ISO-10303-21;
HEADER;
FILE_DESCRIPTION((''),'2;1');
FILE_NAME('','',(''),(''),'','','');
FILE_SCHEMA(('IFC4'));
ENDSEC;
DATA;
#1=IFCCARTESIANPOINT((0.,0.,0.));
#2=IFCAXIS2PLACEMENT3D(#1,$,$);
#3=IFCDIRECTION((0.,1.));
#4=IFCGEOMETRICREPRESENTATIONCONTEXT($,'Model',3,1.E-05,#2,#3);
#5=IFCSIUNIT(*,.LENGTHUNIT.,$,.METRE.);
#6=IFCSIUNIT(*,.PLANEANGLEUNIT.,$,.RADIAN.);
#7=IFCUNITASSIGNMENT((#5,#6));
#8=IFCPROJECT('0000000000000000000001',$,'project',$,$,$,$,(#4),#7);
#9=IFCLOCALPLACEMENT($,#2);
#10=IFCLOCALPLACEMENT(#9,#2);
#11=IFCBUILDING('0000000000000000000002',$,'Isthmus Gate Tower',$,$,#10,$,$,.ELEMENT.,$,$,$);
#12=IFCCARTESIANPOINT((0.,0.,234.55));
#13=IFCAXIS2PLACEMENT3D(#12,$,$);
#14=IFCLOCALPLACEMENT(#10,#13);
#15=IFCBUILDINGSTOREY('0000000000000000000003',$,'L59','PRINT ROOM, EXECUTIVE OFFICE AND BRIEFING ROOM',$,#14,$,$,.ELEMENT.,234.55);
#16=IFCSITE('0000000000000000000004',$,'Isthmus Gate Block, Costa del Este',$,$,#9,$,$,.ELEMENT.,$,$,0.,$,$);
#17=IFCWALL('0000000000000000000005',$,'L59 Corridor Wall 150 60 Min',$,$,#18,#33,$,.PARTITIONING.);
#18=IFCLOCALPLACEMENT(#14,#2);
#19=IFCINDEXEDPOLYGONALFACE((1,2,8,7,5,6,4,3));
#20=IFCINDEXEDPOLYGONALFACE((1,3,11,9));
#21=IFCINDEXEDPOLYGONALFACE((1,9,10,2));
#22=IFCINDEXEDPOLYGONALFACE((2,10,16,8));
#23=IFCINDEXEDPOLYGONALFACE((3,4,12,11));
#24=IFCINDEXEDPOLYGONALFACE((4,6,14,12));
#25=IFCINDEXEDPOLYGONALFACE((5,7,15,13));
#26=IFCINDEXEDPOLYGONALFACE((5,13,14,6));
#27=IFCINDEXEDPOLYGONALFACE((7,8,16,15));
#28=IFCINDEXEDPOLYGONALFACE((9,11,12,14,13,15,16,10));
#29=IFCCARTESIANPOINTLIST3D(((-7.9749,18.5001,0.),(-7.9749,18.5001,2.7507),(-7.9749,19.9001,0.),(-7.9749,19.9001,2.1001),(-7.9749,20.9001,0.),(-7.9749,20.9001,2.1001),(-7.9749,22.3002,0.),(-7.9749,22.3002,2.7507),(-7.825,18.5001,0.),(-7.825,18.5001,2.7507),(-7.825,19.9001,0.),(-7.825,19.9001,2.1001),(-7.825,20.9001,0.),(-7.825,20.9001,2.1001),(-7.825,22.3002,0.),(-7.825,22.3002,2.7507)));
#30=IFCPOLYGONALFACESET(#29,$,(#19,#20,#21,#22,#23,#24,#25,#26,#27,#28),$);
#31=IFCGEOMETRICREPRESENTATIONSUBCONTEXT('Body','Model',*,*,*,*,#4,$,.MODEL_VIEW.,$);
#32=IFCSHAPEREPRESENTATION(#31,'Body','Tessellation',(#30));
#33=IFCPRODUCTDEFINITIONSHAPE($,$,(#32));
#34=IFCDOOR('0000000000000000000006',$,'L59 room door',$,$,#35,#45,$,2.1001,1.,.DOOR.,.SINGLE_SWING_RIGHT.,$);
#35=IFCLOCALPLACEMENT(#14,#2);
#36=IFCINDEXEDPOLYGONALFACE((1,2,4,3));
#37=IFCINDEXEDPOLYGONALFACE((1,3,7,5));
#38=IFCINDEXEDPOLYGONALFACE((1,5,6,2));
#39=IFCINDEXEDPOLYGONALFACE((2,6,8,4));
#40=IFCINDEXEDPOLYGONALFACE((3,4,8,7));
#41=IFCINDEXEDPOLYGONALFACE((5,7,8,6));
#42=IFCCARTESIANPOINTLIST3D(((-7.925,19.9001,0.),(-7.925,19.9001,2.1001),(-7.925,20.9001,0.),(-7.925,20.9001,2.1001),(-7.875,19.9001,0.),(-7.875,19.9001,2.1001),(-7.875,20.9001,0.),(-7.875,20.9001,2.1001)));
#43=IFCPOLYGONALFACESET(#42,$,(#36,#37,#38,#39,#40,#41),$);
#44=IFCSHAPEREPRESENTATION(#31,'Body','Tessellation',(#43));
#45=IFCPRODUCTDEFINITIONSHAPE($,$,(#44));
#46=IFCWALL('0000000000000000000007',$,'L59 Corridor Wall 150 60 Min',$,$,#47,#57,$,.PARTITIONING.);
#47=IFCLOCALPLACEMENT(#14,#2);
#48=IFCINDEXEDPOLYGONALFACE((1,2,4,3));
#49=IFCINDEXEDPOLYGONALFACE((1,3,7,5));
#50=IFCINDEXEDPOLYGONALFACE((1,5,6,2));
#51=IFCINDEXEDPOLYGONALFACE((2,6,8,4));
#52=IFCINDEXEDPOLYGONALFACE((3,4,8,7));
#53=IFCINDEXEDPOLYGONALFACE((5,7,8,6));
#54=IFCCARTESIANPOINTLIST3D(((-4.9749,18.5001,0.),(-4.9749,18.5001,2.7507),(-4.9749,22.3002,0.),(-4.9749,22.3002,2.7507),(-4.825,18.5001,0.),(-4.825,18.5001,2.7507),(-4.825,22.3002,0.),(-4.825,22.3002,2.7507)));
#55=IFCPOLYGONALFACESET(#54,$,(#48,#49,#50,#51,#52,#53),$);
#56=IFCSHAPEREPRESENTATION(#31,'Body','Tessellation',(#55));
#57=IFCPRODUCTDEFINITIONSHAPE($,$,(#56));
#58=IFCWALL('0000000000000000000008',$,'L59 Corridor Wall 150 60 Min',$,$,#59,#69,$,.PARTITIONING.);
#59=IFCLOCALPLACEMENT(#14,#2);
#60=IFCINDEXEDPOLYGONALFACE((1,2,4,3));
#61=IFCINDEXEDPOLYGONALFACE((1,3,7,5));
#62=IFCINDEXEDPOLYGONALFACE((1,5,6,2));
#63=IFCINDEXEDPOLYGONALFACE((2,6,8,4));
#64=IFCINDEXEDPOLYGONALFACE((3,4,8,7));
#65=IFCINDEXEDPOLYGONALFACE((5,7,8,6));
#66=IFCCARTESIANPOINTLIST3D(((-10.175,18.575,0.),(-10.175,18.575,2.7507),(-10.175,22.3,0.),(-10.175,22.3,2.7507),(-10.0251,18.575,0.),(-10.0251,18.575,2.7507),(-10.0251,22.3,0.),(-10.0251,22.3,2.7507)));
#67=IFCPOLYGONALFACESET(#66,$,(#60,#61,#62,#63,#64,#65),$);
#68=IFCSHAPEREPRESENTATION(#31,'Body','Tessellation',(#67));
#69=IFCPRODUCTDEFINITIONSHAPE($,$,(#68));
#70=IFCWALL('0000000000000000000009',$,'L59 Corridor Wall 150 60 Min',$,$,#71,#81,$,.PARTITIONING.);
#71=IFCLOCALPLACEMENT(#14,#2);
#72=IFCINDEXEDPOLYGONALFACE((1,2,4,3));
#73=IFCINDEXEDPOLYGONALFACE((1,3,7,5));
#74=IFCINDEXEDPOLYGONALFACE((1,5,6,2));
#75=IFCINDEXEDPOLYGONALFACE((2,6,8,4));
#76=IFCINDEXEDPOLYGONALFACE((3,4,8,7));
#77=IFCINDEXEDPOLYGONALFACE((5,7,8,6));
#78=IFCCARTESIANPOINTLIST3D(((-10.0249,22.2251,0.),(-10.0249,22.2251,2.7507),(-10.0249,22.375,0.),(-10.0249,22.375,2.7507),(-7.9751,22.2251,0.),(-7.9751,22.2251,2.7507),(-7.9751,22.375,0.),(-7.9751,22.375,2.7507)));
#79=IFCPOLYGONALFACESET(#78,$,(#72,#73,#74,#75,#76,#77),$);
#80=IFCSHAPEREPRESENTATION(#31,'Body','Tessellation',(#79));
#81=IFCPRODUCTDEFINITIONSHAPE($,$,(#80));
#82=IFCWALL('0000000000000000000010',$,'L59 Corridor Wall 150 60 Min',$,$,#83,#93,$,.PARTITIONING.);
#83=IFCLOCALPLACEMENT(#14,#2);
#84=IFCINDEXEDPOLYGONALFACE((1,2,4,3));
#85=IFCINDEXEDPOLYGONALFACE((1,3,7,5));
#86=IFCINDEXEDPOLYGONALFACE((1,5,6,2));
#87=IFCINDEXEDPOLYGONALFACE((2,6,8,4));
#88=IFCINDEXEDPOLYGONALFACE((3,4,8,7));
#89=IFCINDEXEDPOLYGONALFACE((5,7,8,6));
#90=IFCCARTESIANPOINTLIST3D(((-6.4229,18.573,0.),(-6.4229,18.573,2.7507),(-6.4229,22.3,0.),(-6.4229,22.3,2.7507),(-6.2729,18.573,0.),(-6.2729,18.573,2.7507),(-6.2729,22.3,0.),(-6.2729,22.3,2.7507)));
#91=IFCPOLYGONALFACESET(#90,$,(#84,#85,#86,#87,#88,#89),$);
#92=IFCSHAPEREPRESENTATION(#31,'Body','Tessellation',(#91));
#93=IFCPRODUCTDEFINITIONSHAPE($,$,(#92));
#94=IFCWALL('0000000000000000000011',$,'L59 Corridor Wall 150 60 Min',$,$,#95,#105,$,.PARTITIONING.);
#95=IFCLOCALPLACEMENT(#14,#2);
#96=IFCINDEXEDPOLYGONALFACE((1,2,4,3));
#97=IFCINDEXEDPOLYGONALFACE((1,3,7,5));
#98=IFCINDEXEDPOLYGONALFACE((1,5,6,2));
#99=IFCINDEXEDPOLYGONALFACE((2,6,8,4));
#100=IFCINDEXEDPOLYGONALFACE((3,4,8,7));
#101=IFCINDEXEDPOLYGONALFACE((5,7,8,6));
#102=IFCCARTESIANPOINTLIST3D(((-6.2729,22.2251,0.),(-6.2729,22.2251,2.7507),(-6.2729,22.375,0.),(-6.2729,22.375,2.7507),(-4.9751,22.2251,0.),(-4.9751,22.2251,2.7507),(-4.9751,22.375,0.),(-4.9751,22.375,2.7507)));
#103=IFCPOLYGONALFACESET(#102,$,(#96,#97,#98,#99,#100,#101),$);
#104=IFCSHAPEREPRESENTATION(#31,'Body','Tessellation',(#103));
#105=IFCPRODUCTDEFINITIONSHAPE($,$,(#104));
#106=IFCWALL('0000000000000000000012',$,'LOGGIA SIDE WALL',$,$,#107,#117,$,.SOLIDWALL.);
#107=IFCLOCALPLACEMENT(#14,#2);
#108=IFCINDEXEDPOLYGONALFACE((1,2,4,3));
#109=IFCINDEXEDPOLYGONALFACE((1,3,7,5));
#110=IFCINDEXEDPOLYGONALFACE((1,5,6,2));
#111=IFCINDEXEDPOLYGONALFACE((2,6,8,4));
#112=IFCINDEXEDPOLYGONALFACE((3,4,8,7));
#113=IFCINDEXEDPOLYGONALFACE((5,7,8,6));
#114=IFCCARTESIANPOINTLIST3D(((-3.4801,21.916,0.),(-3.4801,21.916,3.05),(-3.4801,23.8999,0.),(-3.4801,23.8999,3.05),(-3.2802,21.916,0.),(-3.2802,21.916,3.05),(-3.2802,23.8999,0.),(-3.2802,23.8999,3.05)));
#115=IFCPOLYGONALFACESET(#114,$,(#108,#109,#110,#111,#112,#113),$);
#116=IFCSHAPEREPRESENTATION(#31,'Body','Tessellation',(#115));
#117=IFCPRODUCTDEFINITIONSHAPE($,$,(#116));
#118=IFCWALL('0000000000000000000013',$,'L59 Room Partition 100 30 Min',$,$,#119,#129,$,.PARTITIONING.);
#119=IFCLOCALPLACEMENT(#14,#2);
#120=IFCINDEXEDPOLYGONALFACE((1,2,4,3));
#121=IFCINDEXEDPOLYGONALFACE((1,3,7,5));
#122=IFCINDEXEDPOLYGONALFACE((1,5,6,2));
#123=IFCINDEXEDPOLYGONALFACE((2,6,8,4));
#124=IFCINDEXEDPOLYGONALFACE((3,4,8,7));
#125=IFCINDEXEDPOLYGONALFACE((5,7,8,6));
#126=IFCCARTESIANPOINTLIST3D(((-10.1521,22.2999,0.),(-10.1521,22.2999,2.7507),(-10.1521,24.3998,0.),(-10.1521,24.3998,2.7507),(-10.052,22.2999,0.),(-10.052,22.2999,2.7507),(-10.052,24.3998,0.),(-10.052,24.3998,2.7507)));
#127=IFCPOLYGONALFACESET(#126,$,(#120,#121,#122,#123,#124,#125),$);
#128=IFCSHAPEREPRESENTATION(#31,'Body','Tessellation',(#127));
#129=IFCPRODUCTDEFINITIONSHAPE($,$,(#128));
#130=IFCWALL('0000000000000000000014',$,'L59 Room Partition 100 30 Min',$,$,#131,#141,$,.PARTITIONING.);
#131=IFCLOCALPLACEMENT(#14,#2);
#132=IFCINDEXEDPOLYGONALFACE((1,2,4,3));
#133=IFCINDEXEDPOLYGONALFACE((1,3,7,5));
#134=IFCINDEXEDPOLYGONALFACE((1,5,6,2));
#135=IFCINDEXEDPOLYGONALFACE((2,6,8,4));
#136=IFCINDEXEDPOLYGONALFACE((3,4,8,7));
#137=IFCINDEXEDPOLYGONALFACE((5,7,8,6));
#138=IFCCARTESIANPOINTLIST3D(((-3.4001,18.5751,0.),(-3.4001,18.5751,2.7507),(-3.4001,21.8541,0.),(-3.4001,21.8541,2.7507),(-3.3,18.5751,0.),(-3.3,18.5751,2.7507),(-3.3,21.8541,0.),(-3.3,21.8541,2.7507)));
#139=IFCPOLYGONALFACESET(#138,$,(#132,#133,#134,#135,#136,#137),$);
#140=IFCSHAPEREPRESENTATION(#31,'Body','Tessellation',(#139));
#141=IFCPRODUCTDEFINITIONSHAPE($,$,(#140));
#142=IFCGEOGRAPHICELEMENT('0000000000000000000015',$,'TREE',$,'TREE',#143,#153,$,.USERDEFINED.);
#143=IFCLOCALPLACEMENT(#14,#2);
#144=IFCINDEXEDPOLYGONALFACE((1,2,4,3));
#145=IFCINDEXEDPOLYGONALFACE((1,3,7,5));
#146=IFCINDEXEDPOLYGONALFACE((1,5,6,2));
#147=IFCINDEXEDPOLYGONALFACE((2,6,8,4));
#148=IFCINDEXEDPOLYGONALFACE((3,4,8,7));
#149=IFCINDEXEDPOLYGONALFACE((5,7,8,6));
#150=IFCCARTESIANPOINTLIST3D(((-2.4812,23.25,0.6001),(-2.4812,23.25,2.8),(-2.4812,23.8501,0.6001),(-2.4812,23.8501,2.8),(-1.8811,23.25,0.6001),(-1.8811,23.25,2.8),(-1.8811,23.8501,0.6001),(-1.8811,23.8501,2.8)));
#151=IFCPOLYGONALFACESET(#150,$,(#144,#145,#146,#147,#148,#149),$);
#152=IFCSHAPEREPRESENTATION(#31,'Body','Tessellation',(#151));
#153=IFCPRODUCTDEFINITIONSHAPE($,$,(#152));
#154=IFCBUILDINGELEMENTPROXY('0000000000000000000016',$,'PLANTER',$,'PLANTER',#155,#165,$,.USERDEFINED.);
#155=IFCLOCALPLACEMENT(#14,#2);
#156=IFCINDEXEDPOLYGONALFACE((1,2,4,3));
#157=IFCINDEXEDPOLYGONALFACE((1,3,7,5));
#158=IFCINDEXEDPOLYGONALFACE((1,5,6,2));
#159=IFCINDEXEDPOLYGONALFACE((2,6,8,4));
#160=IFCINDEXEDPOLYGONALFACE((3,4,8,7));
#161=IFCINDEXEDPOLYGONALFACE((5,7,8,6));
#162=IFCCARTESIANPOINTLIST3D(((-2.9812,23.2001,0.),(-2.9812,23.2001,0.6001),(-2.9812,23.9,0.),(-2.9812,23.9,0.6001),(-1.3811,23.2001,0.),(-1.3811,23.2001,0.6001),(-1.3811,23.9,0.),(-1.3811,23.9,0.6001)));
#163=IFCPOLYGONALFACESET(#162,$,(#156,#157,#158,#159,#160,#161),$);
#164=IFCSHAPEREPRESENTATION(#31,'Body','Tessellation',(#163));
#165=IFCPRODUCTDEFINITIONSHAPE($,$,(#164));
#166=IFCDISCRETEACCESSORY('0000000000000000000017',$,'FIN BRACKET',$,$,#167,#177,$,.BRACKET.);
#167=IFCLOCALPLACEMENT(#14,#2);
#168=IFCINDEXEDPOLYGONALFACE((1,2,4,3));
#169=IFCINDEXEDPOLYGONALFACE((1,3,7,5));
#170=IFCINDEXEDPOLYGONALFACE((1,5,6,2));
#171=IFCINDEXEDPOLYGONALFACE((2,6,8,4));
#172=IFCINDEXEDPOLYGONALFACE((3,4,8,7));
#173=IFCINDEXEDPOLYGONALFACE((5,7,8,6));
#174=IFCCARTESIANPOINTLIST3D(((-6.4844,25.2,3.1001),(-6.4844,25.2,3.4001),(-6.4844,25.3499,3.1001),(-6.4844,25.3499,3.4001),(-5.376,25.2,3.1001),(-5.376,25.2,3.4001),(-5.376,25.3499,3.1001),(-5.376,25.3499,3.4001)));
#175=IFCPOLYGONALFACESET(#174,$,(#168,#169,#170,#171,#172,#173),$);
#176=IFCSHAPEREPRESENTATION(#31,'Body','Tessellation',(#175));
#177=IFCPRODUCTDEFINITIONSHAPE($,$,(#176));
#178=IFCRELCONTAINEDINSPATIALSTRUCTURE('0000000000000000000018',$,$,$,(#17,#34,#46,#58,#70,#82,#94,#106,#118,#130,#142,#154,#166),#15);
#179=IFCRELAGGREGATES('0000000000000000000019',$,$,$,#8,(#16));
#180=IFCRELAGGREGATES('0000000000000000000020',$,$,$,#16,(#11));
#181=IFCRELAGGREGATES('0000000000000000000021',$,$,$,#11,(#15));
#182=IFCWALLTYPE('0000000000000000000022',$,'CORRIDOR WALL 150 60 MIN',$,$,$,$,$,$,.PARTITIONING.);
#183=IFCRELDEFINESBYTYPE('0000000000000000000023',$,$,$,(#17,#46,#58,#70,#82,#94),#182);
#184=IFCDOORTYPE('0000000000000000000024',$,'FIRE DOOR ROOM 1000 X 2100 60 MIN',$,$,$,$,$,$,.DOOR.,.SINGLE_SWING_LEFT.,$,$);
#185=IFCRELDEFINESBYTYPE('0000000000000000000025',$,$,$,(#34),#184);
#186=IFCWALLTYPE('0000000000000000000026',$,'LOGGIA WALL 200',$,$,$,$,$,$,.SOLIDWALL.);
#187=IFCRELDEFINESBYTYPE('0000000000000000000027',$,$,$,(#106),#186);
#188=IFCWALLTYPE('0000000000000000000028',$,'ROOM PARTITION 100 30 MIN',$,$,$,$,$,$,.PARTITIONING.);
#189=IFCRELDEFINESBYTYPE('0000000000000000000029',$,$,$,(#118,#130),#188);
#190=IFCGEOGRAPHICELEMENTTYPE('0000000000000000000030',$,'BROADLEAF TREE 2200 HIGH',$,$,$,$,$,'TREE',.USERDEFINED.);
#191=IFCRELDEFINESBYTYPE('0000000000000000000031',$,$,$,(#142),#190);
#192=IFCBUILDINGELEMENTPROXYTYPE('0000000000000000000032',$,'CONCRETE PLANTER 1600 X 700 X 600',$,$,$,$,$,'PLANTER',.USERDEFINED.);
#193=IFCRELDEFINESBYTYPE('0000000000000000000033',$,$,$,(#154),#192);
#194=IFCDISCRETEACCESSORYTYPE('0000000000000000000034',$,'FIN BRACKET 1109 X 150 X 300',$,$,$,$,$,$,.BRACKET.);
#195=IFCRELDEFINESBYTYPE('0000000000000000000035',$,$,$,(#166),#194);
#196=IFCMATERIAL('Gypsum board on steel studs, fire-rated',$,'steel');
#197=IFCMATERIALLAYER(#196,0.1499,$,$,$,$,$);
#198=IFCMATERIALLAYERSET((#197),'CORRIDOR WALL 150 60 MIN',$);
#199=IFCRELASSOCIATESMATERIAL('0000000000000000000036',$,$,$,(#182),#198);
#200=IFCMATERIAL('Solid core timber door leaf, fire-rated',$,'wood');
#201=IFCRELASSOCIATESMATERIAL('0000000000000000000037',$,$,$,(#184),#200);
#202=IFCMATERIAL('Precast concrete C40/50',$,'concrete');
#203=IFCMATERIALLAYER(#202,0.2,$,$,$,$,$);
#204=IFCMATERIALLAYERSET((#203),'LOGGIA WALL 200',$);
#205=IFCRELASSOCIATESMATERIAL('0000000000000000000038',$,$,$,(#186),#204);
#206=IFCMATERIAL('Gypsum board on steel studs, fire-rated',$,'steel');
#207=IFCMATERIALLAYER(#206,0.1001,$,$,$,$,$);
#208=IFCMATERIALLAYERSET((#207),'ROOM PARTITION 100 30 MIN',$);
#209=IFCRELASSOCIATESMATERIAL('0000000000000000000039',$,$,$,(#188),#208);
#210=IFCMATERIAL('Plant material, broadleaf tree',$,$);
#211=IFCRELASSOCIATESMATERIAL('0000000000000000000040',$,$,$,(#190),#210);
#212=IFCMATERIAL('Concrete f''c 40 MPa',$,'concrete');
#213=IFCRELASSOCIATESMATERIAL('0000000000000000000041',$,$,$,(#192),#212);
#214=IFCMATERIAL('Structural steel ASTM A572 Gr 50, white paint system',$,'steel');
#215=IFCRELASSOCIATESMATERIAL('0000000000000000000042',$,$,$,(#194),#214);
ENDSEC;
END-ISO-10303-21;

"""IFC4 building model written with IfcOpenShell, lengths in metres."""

from ifc_helpers import new_model, si_unit, direction, frame, frame_2d, origin, origin_2d, place, context, subcontext, project, spatial, rectangle, extrude, material, layer, layer_set, type_object, element, fill, save


model = new_model("IFC4")

# Units and contexts
model_context = context("Model", 3, precision=1e-05, world=origin(), true_north=direction((0.0, 1.0)))
body_context = subcontext(model_context, "Body", "Model", "MODEL_VIEW")
ifc_project = project(units=[si_unit("LENGTHUNIT", "METRE"), si_unit("PLANEANGLEUNIT", "RADIAN")], contexts=[model_context])

# Site, building, storey
site_placement = place(None, origin())
site = spatial("IfcSite", under=ifc_project, at=site_placement, Name="Isthmus Gate Block, Costa del Este", CompositionType="ELEMENT", RefElevation=0.0)
building_placement = place(site_placement, origin())
building = spatial("IfcBuilding", under=site, at=building_placement, Name="Isthmus Gate Tower", CompositionType="ELEMENT")
storey_placement = place(building_placement, frame((0.0, 0.0, 234.55)))
storey = spatial("IfcBuildingStorey", under=building, at=storey_placement, Name="L59", Description="PRINT ROOM, EXECUTIVE OFFICE AND BRIEFING ROOM", CompositionType="ELEMENT", Elevation=234.55)

# Wall, opening, door
ifc_material_1 = material(Name="Gypsum board on steel studs, fire-rated", Category="steel")
ifc_layer_1 = layer(ifc_material_1, 0.1499)
ifc_layer_set_1 = layer_set([ifc_layer_1], Name="CORRIDOR WALL 150 60 MIN")
wall_type_1 = type_object("IfcWallType", Name="CORRIDOR WALL 150 60 MIN", PredefinedType="PARTITIONING", material=ifc_layer_set_1)
wall_1_placement = place(storey_placement, frame((-7.8999, 22.3, 0.0), z_axis=(0.0, 0.0, 1.0), x_axis=(0.0, -1.0, 0.0)))
wall_1 = element("IfcWall", 1, at=wall_1_placement, inside=storey, type_object=wall_type_1, Name="L59 Corridor Wall 150 60 Min", PredefinedType="PARTITIONING", context=body_context, shape_type="SweptSolid", body=[
    extrude(rectangle(XDim=3.8, YDim=0.1499, at=frame_2d((1.8999, 0.0))), origin(), (0.0, 0.0, 1.0), 2.7507),
])
opening_placement = place(wall_1_placement, frame((1.3999, 0.0, 0.0)))
opening = element("IfcOpeningElement", 2, at=opening_placement, cuts=wall_1, PredefinedType="OPENING", context=body_context, shape_type="SweptSolid", body=[
    extrude(rectangle(XDim=1.0, YDim=2.1001, at=frame_2d((0.5, 1.05))), frame((0.0, 0.085, 0.0), z_axis=(0.0, -1.0, 0.0), x_axis=(1.0, 0.0, 0.0)), (0.0, 0.0, 1.0), 0.1699),
])
ifc_material_2 = material(Name="Solid core timber door leaf, fire-rated", Category="wood")
door_type = type_object("IfcDoorType", Name="FIRE DOOR ROOM 1000 X 2100 60 MIN", OperationType="SINGLE_SWING_LEFT", PredefinedType="DOOR", material=ifc_material_2)
door_placement = place(opening_placement, origin())
door = element("IfcDoor", 3, at=door_placement, inside=storey, type_object=door_type, Name="L59 room door", OperationType="SINGLE_SWING_RIGHT", OverallHeight=2.1001, OverallWidth=1.0, PredefinedType="DOOR", context=body_context, shape_type="SweptSolid", body=[
    extrude(rectangle(XDim=1.0, YDim=2.1001, at=frame_2d((0.5, 1.05))), frame((0.0, 0.0249, 0.0), z_axis=(0.0, -1.0, 0.0), x_axis=(1.0, 0.0, 0.0)), (0.0, 0.0, 1.0), 0.05),
])
fill(opening, door)

# Walls
wall_2_placement = place(storey_placement, frame((-4.8999, 22.3, 0.0), z_axis=(0.0, 0.0, 1.0), x_axis=(0.0, -1.0, 0.0)))
element("IfcWall", 4, at=wall_2_placement, inside=storey, type_object=wall_type_1, Name="L59 Corridor Wall 150 60 Min", PredefinedType="PARTITIONING", context=body_context, shape_type="SweptSolid", body=[
    extrude(rectangle(XDim=3.8, YDim=0.1499, at=frame_2d((1.8999, 0.0))), origin(), (0.0, 0.0, 1.0), 2.7507),
])
wall_3_placement = place(storey_placement, frame((-10.1001, 18.575, 0.0), z_axis=(0.0, 0.0, 1.0), x_axis=(0.0, 1.0, 0.0)))
element("IfcWall", 5, at=wall_3_placement, inside=storey, type_object=wall_type_1, Name="L59 Corridor Wall 150 60 Min", PredefinedType="PARTITIONING", context=body_context, shape_type="SweptSolid", body=[
    extrude(rectangle(XDim=3.7251, YDim=0.1499, at=frame_2d((1.8625, 0.0))), origin(), (0.0, 0.0, 1.0), 2.7507),
])
wall_4_placement = place(storey_placement, frame((-10.0249, 22.3, 0.0), z_axis=(0.0, 0.0, 1.0), x_axis=(1.0, 0.0, 0.0)))
element("IfcWall", 6, at=wall_4_placement, inside=storey, type_object=wall_type_1, Name="L59 Corridor Wall 150 60 Min", PredefinedType="PARTITIONING", context=body_context, shape_type="SweptSolid", body=[
    extrude(rectangle(XDim=2.0498, YDim=0.1499, at=frame_2d((1.0249, 0.0))), origin(), (0.0, 0.0, 1.0), 2.7507),
])
wall_5_placement = place(storey_placement, frame((-6.3479, 18.573, 0.0), z_axis=(0.0, 0.0, 1.0), x_axis=(0.0, 1.0, 0.0)))
element("IfcWall", 7, at=wall_5_placement, inside=storey, type_object=wall_type_1, Name="L59 Corridor Wall 150 60 Min", PredefinedType="PARTITIONING", context=body_context, shape_type="SweptSolid", body=[
    extrude(rectangle(XDim=3.7271, YDim=0.1499, at=frame_2d((1.8635, 0.0))), origin(), (0.0, 0.0, 1.0), 2.7507),
])
wall_6_placement = place(storey_placement, frame((-6.2729, 22.3, 0.0), z_axis=(0.0, 0.0, 1.0), x_axis=(1.0, 0.0, 0.0)))
element("IfcWall", 8, at=wall_6_placement, inside=storey, type_object=wall_type_1, Name="L59 Corridor Wall 150 60 Min", PredefinedType="PARTITIONING", context=body_context, shape_type="SweptSolid", body=[
    extrude(rectangle(XDim=1.2979, YDim=0.1499, at=frame_2d((0.6489, 0.0))), origin(), (0.0, 0.0, 1.0), 2.7507),
])
ifc_material_3 = material(Name="Precast concrete C40/50", Category="concrete")
ifc_layer_2 = layer(ifc_material_3, 0.2)
ifc_layer_set_2 = layer_set([ifc_layer_2], Name="LOGGIA WALL 200")
wall_type_2 = type_object("IfcWallType", Name="LOGGIA WALL 200", PredefinedType="SOLIDWALL", material=ifc_layer_set_2)
wall_7_placement = place(storey_placement, frame((-3.3801, 23.8999, 0.0), z_axis=(0.0, 0.0, 1.0), x_axis=(0.0, -1.0, 0.0)))
element("IfcWall", 9, at=wall_7_placement, inside=storey, type_object=wall_type_2, Name="LOGGIA SIDE WALL", PredefinedType="SOLIDWALL", context=body_context, shape_type="SweptSolid", body=[
    extrude(rectangle(XDim=1.9839, YDim=0.2, at=frame_2d((0.9919, 0.0))), origin(), (0.0, 0.0, 1.0), 3.05),
])
ifc_material_4 = material(Name="Gypsum board on steel studs, fire-rated", Category="steel")
ifc_layer_3 = layer(ifc_material_4, 0.1001)
ifc_layer_set_3 = layer_set([ifc_layer_3], Name="ROOM PARTITION 100 30 MIN")
wall_type_3 = type_object("IfcWallType", Name="ROOM PARTITION 100 30 MIN", PredefinedType="PARTITIONING", material=ifc_layer_set_3)
wall_8_placement = place(storey_placement, frame((-10.1021, 22.3, 0.0), z_axis=(0.0, 0.0, 1.0), x_axis=(0.0, 1.0, 0.0)))
element("IfcWall", 10, at=wall_8_placement, inside=storey, type_object=wall_type_3, Name="L59 Room Partition 100 30 Min", PredefinedType="PARTITIONING", context=body_context, shape_type="SweptSolid", body=[
    extrude(rectangle(XDim=2.0999, YDim=0.1001, at=frame_2d((1.0498, 0.0))), origin(), (0.0, 0.0, 1.0), 2.7507),
])
wall_9_placement = place(storey_placement, frame((-3.3501, 18.575, 0.0), z_axis=(0.0, 0.0, 1.0), x_axis=(0.0, 1.0, 0.0)))
element("IfcWall", 11, at=wall_9_placement, inside=storey, type_object=wall_type_3, Name="L59 Room Partition 100 30 Min", PredefinedType="PARTITIONING", context=body_context, shape_type="SweptSolid", body=[
    extrude(rectangle(XDim=3.2791, YDim=0.1001, at=frame_2d((1.6396, 0.0))), origin(), (0.0, 0.0, 1.0), 2.7507),
])

# Geographic element
ifc_material_5 = material(Name="Plant material, broadleaf tree")
geographic_element_type = type_object("IfcGeographicElementType", Name="BROADLEAF TREE 2200 HIGH", ElementType="TREE", PredefinedType="USERDEFINED", material=ifc_material_5)
geographic_element_placement = place(storey_placement, frame((-2.1812, 23.55, 0.6001), z_axis=(0.0, 0.0, 1.0), x_axis=(-1.0, 0.0, 0.0)))
element("IfcGeographicElement", 12, at=geographic_element_placement, inside=storey, type_object=geographic_element_type, Name="TREE", ObjectType="TREE", PredefinedType="USERDEFINED", context=body_context, shape_type="SweptSolid", body=[
    extrude(rectangle(XDim=0.6001, YDim=0.6001, at=origin_2d()), origin(), (0.0, 0.0, 1.0), 2.2),
])

# Building element proxy
ifc_material_6 = material(Name="Concrete f'c 40 MPa", Category="concrete")
building_element_proxy_type = type_object("IfcBuildingElementProxyType", Name="CONCRETE PLANTER 1600 X 700 X 600", ElementType="PLANTER", PredefinedType="USERDEFINED", material=ifc_material_6)
proxy_placement = place(storey_placement, frame((-2.1812, 23.55, 0.0), z_axis=(0.0, 0.0, 1.0), x_axis=(-1.0, 0.0, 0.0)))
element("IfcBuildingElementProxy", 13, at=proxy_placement, inside=storey, type_object=building_element_proxy_type, Name="PLANTER", ObjectType="PLANTER", PredefinedType="USERDEFINED", context=body_context, shape_type="SweptSolid", body=[
    extrude(rectangle(XDim=1.6001, YDim=0.7, at=origin_2d()), origin(), (0.0, 0.0, 1.0), 0.6001),
])

# Discrete accessory
ifc_material_7 = material(Name="Structural steel ASTM A572 Gr 50, white paint system", Category="steel")
discrete_accessory_type_1 = type_object("IfcDiscreteAccessoryType", Name="FIN BRACKET 1109 X 150 X 300", PredefinedType="BRACKET", material=ifc_material_7)
for number, where, z_axis, x_axis, name in (
    (14, (-5.9302, 25.2749, 3.1001), (0.0, 0.0, 1.0), (0.0, 1.0, 0.0), "FIN BRACKET"),
):
    element("IfcDiscreteAccessory", number, at=place(storey_placement, frame(where, z_axis=z_axis, x_axis=x_axis)), inside=storey, type_object=discrete_accessory_type_1, Name=name, PredefinedType="BRACKET", context=body_context, shape_type="SweptSolid", body=[
        extrude(rectangle(XDim=0.1499, YDim=1.1084, at=origin_2d()), origin(), (0.0, 0.0, 1.0), 0.3),
    ])

save(model, "model.ifc")
